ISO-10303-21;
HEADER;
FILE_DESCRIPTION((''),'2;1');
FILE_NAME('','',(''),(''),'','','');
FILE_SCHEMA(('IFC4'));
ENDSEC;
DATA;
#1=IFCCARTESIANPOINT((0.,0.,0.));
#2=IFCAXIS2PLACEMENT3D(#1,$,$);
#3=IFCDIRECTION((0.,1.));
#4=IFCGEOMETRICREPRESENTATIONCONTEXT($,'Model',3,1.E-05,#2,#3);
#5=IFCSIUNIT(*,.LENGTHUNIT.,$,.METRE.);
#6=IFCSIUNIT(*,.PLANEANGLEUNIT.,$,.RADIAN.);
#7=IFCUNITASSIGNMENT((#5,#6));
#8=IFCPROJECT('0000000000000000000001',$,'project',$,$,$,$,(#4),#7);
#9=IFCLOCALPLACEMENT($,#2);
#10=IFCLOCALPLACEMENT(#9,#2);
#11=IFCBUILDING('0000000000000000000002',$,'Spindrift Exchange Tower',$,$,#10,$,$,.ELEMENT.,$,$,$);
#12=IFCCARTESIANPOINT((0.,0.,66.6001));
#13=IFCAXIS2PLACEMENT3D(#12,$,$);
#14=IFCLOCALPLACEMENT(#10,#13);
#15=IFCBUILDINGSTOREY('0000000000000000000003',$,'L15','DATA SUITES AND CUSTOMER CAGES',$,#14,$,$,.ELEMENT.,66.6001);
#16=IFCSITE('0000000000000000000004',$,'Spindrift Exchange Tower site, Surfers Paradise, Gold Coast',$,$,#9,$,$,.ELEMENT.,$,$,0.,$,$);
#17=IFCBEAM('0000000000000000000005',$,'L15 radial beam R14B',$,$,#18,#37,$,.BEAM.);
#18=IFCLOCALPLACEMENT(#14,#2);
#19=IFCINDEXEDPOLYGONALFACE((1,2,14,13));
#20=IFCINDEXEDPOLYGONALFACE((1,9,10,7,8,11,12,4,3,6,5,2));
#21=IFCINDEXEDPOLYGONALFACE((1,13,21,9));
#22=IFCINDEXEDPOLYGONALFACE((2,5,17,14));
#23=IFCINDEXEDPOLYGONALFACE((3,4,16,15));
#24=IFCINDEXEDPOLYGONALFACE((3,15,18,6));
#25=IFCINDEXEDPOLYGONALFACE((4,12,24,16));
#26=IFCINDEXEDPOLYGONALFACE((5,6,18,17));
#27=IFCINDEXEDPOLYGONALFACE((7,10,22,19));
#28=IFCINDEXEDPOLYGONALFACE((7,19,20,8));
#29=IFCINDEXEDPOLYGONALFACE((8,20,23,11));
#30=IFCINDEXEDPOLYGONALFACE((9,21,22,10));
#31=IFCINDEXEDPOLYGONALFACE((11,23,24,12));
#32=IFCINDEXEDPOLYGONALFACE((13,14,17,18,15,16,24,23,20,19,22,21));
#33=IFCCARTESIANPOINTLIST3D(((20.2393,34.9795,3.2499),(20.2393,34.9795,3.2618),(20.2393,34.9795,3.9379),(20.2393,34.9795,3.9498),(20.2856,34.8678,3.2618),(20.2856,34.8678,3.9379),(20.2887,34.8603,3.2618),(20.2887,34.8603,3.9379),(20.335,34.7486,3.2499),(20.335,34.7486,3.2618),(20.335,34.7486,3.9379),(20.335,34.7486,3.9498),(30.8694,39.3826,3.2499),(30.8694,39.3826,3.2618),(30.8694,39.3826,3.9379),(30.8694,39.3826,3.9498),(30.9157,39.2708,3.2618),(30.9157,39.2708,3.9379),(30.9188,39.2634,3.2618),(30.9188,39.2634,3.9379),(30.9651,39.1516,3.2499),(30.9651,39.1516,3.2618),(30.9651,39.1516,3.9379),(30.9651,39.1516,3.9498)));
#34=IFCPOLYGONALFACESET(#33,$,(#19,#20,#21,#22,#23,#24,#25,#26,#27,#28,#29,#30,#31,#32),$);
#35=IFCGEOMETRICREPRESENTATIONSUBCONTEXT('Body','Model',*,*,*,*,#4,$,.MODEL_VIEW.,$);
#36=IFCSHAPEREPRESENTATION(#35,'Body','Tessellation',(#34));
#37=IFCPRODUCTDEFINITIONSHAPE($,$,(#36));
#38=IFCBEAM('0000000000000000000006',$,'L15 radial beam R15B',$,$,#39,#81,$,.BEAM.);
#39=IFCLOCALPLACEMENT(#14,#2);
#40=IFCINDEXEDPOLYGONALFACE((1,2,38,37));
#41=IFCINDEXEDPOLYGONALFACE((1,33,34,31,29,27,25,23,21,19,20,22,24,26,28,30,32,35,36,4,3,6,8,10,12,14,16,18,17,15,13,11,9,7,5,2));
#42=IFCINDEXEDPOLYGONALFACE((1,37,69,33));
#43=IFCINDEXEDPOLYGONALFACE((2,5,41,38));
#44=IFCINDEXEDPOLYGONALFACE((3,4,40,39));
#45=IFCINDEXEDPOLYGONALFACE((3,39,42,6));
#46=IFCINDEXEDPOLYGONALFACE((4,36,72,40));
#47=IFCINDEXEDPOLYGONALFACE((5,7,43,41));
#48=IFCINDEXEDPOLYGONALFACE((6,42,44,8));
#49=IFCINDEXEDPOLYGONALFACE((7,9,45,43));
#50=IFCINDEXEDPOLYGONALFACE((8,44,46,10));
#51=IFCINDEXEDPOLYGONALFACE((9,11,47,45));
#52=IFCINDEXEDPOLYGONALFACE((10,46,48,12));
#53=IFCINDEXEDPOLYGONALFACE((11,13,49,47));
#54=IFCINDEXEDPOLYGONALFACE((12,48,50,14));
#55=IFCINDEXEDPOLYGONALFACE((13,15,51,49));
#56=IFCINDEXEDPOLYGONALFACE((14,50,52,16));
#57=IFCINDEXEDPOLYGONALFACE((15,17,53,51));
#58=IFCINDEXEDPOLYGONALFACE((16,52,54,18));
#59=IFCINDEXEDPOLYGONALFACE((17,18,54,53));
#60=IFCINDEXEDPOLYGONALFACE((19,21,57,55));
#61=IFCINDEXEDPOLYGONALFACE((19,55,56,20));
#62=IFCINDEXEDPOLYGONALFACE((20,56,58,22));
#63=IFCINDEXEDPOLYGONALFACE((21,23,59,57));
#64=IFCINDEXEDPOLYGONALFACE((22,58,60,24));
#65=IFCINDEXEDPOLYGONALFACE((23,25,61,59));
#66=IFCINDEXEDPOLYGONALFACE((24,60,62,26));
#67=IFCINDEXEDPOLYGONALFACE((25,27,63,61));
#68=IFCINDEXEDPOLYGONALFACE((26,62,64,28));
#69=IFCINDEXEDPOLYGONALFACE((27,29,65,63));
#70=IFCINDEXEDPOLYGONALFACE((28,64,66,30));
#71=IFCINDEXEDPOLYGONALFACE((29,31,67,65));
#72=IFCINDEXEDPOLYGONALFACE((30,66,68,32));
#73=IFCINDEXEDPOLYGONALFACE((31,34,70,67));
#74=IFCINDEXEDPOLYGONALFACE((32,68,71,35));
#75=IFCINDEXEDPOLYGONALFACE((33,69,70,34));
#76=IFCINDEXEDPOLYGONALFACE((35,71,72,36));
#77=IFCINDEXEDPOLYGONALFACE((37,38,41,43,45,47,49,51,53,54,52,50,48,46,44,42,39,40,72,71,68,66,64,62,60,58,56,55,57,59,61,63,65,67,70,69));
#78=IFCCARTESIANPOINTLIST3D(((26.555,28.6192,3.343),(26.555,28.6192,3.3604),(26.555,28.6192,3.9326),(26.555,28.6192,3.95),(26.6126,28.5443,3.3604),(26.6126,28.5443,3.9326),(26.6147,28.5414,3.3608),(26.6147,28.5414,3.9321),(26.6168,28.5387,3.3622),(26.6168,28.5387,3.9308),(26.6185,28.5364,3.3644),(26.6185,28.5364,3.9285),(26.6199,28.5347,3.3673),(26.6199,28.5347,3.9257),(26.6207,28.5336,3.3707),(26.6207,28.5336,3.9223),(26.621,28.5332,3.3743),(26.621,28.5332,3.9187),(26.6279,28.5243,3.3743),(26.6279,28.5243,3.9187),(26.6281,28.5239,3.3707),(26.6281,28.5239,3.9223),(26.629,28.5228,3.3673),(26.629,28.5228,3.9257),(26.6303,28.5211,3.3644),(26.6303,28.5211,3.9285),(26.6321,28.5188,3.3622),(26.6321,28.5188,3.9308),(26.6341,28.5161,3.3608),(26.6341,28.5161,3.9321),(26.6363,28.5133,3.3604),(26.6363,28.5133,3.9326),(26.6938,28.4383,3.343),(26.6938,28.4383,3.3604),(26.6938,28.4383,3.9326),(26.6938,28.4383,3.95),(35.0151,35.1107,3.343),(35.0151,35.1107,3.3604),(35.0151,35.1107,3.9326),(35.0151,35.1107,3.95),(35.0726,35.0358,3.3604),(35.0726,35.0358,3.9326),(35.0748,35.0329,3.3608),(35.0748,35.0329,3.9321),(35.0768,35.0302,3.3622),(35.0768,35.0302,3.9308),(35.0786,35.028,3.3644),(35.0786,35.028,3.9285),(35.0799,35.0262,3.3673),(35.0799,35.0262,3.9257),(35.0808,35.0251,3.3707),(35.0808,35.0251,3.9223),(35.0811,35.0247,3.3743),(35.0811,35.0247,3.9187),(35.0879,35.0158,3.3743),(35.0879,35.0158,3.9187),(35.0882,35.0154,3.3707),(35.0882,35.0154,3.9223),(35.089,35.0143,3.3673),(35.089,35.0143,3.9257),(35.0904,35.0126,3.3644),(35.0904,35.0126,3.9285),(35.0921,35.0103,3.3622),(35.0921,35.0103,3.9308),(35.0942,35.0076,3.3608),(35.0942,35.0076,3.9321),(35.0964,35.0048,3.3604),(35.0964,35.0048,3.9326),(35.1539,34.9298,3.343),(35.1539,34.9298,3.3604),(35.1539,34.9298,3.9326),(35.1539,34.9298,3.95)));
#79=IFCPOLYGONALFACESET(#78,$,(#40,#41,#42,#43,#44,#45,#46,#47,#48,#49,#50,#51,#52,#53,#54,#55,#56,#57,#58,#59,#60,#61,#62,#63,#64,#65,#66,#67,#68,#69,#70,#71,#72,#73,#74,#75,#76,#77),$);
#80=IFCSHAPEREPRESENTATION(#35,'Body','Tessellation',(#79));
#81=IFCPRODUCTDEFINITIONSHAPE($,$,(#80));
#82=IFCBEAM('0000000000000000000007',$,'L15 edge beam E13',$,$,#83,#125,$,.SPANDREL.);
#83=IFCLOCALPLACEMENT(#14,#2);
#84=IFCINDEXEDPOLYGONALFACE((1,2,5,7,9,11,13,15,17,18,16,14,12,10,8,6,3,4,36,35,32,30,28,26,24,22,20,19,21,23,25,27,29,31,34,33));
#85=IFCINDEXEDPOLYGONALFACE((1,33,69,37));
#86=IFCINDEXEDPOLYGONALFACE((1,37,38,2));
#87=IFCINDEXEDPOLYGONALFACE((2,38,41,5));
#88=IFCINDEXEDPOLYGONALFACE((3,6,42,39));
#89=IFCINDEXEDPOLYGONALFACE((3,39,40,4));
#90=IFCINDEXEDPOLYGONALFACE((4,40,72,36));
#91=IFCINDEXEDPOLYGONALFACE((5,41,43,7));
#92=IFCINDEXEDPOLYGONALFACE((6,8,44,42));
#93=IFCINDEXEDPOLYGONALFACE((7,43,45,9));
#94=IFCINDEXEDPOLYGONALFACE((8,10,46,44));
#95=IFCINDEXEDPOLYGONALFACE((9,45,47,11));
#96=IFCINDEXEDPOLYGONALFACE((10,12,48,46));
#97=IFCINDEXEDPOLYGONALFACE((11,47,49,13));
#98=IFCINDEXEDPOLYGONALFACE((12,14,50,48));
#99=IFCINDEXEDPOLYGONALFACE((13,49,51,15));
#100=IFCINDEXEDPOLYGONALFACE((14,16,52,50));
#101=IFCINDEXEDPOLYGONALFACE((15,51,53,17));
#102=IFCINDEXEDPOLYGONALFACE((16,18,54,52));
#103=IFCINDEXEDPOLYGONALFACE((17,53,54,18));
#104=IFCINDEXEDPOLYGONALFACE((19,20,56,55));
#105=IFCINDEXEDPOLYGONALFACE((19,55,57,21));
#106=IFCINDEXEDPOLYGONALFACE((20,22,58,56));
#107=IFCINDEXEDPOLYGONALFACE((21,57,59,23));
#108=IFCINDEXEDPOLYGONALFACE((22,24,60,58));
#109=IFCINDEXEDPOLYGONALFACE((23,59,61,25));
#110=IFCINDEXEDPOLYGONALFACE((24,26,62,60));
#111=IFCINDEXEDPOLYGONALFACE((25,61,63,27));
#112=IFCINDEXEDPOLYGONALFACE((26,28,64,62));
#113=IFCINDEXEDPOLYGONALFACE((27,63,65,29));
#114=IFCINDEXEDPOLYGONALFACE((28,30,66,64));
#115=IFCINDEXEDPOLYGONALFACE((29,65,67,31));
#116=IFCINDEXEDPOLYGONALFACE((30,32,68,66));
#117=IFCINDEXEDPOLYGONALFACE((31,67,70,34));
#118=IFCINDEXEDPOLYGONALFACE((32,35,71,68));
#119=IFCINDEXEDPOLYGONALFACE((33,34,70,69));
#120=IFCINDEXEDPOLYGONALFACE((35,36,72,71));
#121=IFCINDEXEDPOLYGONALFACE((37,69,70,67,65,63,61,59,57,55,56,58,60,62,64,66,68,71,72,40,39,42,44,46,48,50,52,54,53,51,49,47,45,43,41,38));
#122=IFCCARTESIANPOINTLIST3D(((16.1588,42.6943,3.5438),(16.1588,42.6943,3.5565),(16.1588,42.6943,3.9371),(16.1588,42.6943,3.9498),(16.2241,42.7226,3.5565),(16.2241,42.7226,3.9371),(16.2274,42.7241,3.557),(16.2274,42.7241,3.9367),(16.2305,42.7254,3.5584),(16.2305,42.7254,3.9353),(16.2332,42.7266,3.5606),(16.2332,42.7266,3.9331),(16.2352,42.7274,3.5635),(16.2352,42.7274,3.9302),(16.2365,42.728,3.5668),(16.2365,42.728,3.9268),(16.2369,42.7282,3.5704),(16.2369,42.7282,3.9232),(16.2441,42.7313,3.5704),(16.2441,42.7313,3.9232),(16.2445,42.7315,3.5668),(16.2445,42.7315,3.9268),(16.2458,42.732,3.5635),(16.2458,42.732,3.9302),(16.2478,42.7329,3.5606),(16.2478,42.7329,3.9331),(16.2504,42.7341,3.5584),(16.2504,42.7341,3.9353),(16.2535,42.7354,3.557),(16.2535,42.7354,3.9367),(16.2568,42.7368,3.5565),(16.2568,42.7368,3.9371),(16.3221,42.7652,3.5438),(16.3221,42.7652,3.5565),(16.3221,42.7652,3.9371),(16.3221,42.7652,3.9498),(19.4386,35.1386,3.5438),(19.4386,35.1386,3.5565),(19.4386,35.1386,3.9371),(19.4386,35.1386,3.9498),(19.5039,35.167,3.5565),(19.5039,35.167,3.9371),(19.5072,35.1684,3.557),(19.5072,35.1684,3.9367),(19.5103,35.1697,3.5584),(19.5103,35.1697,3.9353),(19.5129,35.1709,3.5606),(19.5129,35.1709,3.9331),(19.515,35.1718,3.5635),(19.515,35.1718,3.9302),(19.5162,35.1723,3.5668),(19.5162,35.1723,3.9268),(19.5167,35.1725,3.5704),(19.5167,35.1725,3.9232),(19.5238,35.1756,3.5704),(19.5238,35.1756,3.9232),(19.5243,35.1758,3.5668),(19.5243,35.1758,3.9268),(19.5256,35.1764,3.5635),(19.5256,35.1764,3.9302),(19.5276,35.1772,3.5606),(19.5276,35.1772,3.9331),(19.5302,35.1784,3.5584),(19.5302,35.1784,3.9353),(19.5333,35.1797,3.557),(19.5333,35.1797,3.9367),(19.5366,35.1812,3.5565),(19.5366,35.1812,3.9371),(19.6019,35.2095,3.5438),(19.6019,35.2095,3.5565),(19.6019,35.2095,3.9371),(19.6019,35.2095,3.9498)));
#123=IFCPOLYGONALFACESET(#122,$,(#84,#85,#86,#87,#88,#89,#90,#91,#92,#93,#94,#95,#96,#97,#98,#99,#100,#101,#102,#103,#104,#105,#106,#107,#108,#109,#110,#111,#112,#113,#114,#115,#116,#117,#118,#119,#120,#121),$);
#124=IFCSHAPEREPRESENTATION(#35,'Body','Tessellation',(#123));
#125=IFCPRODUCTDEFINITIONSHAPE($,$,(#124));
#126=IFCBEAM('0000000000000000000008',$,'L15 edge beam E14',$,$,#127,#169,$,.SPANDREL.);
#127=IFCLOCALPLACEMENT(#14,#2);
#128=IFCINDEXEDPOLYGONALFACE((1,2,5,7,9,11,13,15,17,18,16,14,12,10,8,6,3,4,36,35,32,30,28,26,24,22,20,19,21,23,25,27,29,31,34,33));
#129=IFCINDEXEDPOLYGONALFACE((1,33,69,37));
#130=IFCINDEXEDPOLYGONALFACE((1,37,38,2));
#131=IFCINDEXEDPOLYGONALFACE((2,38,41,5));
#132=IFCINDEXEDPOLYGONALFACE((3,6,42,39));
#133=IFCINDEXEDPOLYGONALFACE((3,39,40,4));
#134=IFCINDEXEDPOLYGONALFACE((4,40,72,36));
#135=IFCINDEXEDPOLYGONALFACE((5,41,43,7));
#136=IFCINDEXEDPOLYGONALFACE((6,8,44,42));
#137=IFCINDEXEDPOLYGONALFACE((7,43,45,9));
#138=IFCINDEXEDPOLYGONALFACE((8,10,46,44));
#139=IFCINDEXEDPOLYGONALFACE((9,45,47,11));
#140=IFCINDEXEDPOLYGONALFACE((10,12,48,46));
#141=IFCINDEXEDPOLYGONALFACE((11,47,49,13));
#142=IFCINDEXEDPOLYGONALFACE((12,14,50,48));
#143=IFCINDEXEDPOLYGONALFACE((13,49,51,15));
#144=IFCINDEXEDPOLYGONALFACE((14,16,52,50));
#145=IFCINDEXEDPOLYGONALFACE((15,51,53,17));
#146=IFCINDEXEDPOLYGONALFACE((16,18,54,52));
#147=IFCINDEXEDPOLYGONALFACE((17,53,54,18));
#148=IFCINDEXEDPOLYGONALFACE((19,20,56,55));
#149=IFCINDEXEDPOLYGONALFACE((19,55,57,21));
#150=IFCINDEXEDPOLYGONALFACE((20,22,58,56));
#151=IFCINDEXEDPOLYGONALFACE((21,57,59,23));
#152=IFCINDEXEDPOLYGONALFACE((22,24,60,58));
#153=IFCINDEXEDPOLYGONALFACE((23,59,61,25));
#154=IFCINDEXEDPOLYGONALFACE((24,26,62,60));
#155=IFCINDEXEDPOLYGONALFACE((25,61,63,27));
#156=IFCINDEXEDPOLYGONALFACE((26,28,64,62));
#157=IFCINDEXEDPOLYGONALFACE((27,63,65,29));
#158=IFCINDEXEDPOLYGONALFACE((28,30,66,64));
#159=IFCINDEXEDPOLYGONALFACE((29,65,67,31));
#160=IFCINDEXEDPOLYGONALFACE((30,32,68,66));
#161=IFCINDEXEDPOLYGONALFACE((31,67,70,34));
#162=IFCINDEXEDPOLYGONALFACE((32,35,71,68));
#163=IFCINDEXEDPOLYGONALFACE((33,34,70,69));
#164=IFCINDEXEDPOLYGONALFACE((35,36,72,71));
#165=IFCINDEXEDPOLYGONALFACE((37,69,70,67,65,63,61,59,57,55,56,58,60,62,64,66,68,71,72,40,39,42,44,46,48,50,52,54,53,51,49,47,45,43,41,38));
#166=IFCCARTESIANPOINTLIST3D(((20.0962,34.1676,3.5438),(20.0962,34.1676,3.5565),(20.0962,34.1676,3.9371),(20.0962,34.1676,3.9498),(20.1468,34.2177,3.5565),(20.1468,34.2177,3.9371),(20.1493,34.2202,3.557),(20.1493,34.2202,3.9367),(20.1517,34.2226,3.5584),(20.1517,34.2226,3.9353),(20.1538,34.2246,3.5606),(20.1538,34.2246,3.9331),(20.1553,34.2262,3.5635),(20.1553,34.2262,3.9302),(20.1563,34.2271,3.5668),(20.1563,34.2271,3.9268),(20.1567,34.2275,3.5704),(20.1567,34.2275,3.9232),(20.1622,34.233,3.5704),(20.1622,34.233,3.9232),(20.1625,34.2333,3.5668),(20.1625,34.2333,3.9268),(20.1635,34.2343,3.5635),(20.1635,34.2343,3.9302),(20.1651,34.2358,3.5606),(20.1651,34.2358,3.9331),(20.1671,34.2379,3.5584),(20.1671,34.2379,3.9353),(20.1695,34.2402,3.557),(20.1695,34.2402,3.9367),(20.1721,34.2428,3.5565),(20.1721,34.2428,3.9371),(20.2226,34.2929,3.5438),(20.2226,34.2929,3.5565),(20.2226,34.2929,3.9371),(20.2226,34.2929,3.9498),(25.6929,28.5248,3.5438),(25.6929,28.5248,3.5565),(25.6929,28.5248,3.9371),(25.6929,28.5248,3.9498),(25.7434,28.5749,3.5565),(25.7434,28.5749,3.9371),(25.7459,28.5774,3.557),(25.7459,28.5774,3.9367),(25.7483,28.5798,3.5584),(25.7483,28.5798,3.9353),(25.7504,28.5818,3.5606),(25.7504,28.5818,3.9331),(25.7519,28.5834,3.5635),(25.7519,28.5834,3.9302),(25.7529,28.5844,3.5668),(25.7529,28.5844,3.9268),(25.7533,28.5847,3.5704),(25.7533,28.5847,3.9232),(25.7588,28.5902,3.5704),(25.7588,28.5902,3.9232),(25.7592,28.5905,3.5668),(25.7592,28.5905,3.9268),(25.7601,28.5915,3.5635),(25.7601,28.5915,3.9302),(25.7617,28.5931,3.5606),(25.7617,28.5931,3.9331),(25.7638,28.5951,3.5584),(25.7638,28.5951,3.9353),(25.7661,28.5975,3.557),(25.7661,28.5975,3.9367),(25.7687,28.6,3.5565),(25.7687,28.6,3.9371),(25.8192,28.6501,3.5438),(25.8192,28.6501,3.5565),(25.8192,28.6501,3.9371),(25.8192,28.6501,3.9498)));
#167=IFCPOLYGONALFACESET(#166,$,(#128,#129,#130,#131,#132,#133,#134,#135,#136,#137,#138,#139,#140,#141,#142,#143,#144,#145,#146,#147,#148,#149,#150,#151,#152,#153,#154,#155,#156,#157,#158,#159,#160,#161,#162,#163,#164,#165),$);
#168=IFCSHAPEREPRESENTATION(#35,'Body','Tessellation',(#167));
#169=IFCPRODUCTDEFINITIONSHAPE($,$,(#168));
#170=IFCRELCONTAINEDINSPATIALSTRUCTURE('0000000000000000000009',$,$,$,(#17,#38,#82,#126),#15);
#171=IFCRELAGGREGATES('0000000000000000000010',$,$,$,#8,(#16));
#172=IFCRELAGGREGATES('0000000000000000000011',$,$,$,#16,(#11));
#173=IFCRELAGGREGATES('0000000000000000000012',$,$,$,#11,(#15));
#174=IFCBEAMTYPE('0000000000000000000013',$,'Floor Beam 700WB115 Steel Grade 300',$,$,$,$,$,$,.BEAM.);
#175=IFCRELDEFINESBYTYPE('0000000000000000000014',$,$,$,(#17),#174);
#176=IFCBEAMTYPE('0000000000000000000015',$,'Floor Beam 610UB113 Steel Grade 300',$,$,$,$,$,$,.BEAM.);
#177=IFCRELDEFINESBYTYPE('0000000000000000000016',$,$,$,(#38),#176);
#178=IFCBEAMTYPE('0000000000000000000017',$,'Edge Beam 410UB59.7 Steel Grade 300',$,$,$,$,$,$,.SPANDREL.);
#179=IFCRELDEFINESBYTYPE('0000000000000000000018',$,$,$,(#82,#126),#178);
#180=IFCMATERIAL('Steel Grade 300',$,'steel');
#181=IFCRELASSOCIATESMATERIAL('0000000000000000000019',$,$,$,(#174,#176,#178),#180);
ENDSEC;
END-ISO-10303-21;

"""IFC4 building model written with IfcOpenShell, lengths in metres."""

from ifc_helpers import new_model, si_unit, direction, frame, origin, origin_2d, place, context, subcontext, project, spatial, i_section, extrude, source, transform, mapped, material, material_profile, profile_set, type_object, element, save


model = new_model("IFC4")

# Units and contexts
model_context = context("Model", 3, precision=1e-05, world=origin(), true_north=direction((0.0, 1.0)))
body_context = subcontext(model_context, "Body", "Model", "MODEL_VIEW")
ifc_project = project(units=[si_unit("LENGTHUNIT", "METRE"), si_unit("PLANEANGLEUNIT", "RADIAN")], contexts=[model_context])

# Site, building, storey
site_placement = place(None, origin())
site = spatial("IfcSite", under=ifc_project, at=site_placement, Name="Spindrift Exchange Tower site, Surfers Paradise, Gold Coast", CompositionType="ELEMENT", RefElevation=0.0)
building_placement = place(site_placement, origin())
building = spatial("IfcBuilding", under=site, at=building_placement, Name="Spindrift Exchange Tower", CompositionType="ELEMENT")
storey_placement = place(building_placement, frame((0.0, 0.0, 66.6001)))
storey = spatial("IfcBuildingStorey", under=building, at=storey_placement, Name="L15", Description="DATA SUITES AND CUSTOMER CAGES", CompositionType="ELEMENT", Elevation=66.6001)

# Beams
ifc_material_1 = material(Name="Steel Grade 300", Category="steel")
ifc_material_profile_1 = material_profile(ifc_material_1, i_section(OverallWidth=0.25, OverallDepth=0.7, WebThickness=0.0081, FlangeThickness=0.012, at=origin_2d()), Name="700WB115")
ifc_profile_set_1 = profile_set([ifc_material_profile_1], Name="Steel Grade 300")
beam_type_1 = type_object("IfcBeamType", Name="Floor Beam 700WB115 Steel Grade 300", PredefinedType="BEAM", material=ifc_profile_set_1)
shared_shape_1 = source(origin(), body_context, "Body", "SweptSolid", [
    extrude(i_section(OverallWidth=0.25, OverallDepth=0.7, WebThickness=0.0081, FlangeThickness=0.012, at=origin_2d()), origin(), (0.0, 0.0, 1.0), 11.5059),
])
beam_1_placement = place(storey_placement, frame((30.9172, 39.2671, 3.5999), z_axis=(-0.923882, -0.382678, 0.0), x_axis=(0.382678, -0.923882, 0.0)))
element("IfcBeam", 1, at=beam_1_placement, inside=storey, type_object=beam_type_1, Name="L15 radial beam R14B", PredefinedType="BEAM", context=body_context, shape_type="MappedRepresentation", body=[
    mapped(shared_shape_1, transform((0.0, 0.0, 0.0), scale=1.0)),
])
ifc_material_profile_2 = material_profile(ifc_material_1, i_section(OverallWidth=0.228, OverallDepth=0.6069, WebThickness=0.0112, FlangeThickness=0.0173, FilletRadius=0.0139, at=origin_2d()), Name="610UB113")
ifc_profile_set_2 = profile_set([ifc_material_profile_2], Name="Steel Grade 300")
beam_type_2 = type_object("IfcBeamType", Name="Floor Beam 610UB113 Steel Grade 300", PredefinedType="BEAM", material=ifc_profile_set_2)
shared_shape_2 = source(origin(), body_context, "Body", "SweptSolid", [
    extrude(i_section(OverallWidth=0.228, OverallDepth=0.6069, WebThickness=0.0112, FlangeThickness=0.0173, FilletRadius=0.0139, at=origin_2d()), origin(), (0.0, 0.0, 1.0), 10.6636),
])
beam_2_placement = place(storey_placement, frame((35.0845, 35.0203, 3.6465), z_axis=(-0.793358, -0.608755, 0.0), x_axis=(0.608755, -0.793358, 0.0)))
element("IfcBeam", 2, at=beam_2_placement, inside=storey, type_object=beam_type_2, Name="L15 radial beam R15B", PredefinedType="BEAM", context=body_context, shape_type="MappedRepresentation", body=[
    mapped(shared_shape_2, transform((0.0, 0.0, 0.0), scale=1.0)),
])
ifc_material_profile_3 = material_profile(ifc_material_1, i_section(OverallWidth=0.178, OverallDepth=0.406, WebThickness=0.0078, FlangeThickness=0.0127, FilletRadius=0.0139, at=origin_2d()), Name="410UB59.7")
ifc_profile_set_3 = profile_set([ifc_material_profile_3], Name="Steel Grade 300")
beam_type_3 = type_object("IfcBeamType", Name="Edge Beam 410UB59.7 Steel Grade 300", PredefinedType="SPANDREL", material=ifc_profile_set_3)
shared_shape_3 = source(origin(), body_context, "Body", "SweptSolid", [
    extrude(i_section(OverallWidth=0.178, OverallDepth=0.406, WebThickness=0.0078, FlangeThickness=0.0127, FilletRadius=0.0139, at=origin_2d()), origin(), (0.0, 0.0, 1.0), 8.2368),
])
beam_3_placement = place(storey_placement, frame((16.2405, 42.7297, 3.7468), z_axis=(0.398186, -0.917305, 0.0), x_axis=(0.917305, 0.398186, 0.0)))
element("IfcBeam", 3, at=beam_3_placement, inside=storey, type_object=beam_type_3, Name="L15 edge beam E13", PredefinedType="SPANDREL", context=body_context, shape_type="MappedRepresentation", body=[
    mapped(shared_shape_3, transform((0.0, 0.0, 0.0), scale=1.0)),
])
shared_shape_4 = source(origin(), body_context, "Body", "SweptSolid", [
    extrude(i_section(OverallWidth=0.178, OverallDepth=0.406, WebThickness=0.0078, FlangeThickness=0.0127, FilletRadius=0.0139, at=origin_2d()), origin(), (0.0, 0.0, 1.0), 7.9475),
])
beam_4_placement = place(storey_placement, frame((20.1594, 34.2302, 3.7468), z_axis=(0.704198, -0.710004, 0.0), x_axis=(0.710004, 0.704198, 0.0)))
element("IfcBeam", 4, at=beam_4_placement, inside=storey, type_object=beam_type_3, Name="L15 edge beam E14", PredefinedType="SPANDREL", context=body_context, shape_type="MappedRepresentation", body=[
    mapped(shared_shape_4, transform((0.0, 0.0, 0.0), scale=1.0)),
])

save(model, "model.ifc")
